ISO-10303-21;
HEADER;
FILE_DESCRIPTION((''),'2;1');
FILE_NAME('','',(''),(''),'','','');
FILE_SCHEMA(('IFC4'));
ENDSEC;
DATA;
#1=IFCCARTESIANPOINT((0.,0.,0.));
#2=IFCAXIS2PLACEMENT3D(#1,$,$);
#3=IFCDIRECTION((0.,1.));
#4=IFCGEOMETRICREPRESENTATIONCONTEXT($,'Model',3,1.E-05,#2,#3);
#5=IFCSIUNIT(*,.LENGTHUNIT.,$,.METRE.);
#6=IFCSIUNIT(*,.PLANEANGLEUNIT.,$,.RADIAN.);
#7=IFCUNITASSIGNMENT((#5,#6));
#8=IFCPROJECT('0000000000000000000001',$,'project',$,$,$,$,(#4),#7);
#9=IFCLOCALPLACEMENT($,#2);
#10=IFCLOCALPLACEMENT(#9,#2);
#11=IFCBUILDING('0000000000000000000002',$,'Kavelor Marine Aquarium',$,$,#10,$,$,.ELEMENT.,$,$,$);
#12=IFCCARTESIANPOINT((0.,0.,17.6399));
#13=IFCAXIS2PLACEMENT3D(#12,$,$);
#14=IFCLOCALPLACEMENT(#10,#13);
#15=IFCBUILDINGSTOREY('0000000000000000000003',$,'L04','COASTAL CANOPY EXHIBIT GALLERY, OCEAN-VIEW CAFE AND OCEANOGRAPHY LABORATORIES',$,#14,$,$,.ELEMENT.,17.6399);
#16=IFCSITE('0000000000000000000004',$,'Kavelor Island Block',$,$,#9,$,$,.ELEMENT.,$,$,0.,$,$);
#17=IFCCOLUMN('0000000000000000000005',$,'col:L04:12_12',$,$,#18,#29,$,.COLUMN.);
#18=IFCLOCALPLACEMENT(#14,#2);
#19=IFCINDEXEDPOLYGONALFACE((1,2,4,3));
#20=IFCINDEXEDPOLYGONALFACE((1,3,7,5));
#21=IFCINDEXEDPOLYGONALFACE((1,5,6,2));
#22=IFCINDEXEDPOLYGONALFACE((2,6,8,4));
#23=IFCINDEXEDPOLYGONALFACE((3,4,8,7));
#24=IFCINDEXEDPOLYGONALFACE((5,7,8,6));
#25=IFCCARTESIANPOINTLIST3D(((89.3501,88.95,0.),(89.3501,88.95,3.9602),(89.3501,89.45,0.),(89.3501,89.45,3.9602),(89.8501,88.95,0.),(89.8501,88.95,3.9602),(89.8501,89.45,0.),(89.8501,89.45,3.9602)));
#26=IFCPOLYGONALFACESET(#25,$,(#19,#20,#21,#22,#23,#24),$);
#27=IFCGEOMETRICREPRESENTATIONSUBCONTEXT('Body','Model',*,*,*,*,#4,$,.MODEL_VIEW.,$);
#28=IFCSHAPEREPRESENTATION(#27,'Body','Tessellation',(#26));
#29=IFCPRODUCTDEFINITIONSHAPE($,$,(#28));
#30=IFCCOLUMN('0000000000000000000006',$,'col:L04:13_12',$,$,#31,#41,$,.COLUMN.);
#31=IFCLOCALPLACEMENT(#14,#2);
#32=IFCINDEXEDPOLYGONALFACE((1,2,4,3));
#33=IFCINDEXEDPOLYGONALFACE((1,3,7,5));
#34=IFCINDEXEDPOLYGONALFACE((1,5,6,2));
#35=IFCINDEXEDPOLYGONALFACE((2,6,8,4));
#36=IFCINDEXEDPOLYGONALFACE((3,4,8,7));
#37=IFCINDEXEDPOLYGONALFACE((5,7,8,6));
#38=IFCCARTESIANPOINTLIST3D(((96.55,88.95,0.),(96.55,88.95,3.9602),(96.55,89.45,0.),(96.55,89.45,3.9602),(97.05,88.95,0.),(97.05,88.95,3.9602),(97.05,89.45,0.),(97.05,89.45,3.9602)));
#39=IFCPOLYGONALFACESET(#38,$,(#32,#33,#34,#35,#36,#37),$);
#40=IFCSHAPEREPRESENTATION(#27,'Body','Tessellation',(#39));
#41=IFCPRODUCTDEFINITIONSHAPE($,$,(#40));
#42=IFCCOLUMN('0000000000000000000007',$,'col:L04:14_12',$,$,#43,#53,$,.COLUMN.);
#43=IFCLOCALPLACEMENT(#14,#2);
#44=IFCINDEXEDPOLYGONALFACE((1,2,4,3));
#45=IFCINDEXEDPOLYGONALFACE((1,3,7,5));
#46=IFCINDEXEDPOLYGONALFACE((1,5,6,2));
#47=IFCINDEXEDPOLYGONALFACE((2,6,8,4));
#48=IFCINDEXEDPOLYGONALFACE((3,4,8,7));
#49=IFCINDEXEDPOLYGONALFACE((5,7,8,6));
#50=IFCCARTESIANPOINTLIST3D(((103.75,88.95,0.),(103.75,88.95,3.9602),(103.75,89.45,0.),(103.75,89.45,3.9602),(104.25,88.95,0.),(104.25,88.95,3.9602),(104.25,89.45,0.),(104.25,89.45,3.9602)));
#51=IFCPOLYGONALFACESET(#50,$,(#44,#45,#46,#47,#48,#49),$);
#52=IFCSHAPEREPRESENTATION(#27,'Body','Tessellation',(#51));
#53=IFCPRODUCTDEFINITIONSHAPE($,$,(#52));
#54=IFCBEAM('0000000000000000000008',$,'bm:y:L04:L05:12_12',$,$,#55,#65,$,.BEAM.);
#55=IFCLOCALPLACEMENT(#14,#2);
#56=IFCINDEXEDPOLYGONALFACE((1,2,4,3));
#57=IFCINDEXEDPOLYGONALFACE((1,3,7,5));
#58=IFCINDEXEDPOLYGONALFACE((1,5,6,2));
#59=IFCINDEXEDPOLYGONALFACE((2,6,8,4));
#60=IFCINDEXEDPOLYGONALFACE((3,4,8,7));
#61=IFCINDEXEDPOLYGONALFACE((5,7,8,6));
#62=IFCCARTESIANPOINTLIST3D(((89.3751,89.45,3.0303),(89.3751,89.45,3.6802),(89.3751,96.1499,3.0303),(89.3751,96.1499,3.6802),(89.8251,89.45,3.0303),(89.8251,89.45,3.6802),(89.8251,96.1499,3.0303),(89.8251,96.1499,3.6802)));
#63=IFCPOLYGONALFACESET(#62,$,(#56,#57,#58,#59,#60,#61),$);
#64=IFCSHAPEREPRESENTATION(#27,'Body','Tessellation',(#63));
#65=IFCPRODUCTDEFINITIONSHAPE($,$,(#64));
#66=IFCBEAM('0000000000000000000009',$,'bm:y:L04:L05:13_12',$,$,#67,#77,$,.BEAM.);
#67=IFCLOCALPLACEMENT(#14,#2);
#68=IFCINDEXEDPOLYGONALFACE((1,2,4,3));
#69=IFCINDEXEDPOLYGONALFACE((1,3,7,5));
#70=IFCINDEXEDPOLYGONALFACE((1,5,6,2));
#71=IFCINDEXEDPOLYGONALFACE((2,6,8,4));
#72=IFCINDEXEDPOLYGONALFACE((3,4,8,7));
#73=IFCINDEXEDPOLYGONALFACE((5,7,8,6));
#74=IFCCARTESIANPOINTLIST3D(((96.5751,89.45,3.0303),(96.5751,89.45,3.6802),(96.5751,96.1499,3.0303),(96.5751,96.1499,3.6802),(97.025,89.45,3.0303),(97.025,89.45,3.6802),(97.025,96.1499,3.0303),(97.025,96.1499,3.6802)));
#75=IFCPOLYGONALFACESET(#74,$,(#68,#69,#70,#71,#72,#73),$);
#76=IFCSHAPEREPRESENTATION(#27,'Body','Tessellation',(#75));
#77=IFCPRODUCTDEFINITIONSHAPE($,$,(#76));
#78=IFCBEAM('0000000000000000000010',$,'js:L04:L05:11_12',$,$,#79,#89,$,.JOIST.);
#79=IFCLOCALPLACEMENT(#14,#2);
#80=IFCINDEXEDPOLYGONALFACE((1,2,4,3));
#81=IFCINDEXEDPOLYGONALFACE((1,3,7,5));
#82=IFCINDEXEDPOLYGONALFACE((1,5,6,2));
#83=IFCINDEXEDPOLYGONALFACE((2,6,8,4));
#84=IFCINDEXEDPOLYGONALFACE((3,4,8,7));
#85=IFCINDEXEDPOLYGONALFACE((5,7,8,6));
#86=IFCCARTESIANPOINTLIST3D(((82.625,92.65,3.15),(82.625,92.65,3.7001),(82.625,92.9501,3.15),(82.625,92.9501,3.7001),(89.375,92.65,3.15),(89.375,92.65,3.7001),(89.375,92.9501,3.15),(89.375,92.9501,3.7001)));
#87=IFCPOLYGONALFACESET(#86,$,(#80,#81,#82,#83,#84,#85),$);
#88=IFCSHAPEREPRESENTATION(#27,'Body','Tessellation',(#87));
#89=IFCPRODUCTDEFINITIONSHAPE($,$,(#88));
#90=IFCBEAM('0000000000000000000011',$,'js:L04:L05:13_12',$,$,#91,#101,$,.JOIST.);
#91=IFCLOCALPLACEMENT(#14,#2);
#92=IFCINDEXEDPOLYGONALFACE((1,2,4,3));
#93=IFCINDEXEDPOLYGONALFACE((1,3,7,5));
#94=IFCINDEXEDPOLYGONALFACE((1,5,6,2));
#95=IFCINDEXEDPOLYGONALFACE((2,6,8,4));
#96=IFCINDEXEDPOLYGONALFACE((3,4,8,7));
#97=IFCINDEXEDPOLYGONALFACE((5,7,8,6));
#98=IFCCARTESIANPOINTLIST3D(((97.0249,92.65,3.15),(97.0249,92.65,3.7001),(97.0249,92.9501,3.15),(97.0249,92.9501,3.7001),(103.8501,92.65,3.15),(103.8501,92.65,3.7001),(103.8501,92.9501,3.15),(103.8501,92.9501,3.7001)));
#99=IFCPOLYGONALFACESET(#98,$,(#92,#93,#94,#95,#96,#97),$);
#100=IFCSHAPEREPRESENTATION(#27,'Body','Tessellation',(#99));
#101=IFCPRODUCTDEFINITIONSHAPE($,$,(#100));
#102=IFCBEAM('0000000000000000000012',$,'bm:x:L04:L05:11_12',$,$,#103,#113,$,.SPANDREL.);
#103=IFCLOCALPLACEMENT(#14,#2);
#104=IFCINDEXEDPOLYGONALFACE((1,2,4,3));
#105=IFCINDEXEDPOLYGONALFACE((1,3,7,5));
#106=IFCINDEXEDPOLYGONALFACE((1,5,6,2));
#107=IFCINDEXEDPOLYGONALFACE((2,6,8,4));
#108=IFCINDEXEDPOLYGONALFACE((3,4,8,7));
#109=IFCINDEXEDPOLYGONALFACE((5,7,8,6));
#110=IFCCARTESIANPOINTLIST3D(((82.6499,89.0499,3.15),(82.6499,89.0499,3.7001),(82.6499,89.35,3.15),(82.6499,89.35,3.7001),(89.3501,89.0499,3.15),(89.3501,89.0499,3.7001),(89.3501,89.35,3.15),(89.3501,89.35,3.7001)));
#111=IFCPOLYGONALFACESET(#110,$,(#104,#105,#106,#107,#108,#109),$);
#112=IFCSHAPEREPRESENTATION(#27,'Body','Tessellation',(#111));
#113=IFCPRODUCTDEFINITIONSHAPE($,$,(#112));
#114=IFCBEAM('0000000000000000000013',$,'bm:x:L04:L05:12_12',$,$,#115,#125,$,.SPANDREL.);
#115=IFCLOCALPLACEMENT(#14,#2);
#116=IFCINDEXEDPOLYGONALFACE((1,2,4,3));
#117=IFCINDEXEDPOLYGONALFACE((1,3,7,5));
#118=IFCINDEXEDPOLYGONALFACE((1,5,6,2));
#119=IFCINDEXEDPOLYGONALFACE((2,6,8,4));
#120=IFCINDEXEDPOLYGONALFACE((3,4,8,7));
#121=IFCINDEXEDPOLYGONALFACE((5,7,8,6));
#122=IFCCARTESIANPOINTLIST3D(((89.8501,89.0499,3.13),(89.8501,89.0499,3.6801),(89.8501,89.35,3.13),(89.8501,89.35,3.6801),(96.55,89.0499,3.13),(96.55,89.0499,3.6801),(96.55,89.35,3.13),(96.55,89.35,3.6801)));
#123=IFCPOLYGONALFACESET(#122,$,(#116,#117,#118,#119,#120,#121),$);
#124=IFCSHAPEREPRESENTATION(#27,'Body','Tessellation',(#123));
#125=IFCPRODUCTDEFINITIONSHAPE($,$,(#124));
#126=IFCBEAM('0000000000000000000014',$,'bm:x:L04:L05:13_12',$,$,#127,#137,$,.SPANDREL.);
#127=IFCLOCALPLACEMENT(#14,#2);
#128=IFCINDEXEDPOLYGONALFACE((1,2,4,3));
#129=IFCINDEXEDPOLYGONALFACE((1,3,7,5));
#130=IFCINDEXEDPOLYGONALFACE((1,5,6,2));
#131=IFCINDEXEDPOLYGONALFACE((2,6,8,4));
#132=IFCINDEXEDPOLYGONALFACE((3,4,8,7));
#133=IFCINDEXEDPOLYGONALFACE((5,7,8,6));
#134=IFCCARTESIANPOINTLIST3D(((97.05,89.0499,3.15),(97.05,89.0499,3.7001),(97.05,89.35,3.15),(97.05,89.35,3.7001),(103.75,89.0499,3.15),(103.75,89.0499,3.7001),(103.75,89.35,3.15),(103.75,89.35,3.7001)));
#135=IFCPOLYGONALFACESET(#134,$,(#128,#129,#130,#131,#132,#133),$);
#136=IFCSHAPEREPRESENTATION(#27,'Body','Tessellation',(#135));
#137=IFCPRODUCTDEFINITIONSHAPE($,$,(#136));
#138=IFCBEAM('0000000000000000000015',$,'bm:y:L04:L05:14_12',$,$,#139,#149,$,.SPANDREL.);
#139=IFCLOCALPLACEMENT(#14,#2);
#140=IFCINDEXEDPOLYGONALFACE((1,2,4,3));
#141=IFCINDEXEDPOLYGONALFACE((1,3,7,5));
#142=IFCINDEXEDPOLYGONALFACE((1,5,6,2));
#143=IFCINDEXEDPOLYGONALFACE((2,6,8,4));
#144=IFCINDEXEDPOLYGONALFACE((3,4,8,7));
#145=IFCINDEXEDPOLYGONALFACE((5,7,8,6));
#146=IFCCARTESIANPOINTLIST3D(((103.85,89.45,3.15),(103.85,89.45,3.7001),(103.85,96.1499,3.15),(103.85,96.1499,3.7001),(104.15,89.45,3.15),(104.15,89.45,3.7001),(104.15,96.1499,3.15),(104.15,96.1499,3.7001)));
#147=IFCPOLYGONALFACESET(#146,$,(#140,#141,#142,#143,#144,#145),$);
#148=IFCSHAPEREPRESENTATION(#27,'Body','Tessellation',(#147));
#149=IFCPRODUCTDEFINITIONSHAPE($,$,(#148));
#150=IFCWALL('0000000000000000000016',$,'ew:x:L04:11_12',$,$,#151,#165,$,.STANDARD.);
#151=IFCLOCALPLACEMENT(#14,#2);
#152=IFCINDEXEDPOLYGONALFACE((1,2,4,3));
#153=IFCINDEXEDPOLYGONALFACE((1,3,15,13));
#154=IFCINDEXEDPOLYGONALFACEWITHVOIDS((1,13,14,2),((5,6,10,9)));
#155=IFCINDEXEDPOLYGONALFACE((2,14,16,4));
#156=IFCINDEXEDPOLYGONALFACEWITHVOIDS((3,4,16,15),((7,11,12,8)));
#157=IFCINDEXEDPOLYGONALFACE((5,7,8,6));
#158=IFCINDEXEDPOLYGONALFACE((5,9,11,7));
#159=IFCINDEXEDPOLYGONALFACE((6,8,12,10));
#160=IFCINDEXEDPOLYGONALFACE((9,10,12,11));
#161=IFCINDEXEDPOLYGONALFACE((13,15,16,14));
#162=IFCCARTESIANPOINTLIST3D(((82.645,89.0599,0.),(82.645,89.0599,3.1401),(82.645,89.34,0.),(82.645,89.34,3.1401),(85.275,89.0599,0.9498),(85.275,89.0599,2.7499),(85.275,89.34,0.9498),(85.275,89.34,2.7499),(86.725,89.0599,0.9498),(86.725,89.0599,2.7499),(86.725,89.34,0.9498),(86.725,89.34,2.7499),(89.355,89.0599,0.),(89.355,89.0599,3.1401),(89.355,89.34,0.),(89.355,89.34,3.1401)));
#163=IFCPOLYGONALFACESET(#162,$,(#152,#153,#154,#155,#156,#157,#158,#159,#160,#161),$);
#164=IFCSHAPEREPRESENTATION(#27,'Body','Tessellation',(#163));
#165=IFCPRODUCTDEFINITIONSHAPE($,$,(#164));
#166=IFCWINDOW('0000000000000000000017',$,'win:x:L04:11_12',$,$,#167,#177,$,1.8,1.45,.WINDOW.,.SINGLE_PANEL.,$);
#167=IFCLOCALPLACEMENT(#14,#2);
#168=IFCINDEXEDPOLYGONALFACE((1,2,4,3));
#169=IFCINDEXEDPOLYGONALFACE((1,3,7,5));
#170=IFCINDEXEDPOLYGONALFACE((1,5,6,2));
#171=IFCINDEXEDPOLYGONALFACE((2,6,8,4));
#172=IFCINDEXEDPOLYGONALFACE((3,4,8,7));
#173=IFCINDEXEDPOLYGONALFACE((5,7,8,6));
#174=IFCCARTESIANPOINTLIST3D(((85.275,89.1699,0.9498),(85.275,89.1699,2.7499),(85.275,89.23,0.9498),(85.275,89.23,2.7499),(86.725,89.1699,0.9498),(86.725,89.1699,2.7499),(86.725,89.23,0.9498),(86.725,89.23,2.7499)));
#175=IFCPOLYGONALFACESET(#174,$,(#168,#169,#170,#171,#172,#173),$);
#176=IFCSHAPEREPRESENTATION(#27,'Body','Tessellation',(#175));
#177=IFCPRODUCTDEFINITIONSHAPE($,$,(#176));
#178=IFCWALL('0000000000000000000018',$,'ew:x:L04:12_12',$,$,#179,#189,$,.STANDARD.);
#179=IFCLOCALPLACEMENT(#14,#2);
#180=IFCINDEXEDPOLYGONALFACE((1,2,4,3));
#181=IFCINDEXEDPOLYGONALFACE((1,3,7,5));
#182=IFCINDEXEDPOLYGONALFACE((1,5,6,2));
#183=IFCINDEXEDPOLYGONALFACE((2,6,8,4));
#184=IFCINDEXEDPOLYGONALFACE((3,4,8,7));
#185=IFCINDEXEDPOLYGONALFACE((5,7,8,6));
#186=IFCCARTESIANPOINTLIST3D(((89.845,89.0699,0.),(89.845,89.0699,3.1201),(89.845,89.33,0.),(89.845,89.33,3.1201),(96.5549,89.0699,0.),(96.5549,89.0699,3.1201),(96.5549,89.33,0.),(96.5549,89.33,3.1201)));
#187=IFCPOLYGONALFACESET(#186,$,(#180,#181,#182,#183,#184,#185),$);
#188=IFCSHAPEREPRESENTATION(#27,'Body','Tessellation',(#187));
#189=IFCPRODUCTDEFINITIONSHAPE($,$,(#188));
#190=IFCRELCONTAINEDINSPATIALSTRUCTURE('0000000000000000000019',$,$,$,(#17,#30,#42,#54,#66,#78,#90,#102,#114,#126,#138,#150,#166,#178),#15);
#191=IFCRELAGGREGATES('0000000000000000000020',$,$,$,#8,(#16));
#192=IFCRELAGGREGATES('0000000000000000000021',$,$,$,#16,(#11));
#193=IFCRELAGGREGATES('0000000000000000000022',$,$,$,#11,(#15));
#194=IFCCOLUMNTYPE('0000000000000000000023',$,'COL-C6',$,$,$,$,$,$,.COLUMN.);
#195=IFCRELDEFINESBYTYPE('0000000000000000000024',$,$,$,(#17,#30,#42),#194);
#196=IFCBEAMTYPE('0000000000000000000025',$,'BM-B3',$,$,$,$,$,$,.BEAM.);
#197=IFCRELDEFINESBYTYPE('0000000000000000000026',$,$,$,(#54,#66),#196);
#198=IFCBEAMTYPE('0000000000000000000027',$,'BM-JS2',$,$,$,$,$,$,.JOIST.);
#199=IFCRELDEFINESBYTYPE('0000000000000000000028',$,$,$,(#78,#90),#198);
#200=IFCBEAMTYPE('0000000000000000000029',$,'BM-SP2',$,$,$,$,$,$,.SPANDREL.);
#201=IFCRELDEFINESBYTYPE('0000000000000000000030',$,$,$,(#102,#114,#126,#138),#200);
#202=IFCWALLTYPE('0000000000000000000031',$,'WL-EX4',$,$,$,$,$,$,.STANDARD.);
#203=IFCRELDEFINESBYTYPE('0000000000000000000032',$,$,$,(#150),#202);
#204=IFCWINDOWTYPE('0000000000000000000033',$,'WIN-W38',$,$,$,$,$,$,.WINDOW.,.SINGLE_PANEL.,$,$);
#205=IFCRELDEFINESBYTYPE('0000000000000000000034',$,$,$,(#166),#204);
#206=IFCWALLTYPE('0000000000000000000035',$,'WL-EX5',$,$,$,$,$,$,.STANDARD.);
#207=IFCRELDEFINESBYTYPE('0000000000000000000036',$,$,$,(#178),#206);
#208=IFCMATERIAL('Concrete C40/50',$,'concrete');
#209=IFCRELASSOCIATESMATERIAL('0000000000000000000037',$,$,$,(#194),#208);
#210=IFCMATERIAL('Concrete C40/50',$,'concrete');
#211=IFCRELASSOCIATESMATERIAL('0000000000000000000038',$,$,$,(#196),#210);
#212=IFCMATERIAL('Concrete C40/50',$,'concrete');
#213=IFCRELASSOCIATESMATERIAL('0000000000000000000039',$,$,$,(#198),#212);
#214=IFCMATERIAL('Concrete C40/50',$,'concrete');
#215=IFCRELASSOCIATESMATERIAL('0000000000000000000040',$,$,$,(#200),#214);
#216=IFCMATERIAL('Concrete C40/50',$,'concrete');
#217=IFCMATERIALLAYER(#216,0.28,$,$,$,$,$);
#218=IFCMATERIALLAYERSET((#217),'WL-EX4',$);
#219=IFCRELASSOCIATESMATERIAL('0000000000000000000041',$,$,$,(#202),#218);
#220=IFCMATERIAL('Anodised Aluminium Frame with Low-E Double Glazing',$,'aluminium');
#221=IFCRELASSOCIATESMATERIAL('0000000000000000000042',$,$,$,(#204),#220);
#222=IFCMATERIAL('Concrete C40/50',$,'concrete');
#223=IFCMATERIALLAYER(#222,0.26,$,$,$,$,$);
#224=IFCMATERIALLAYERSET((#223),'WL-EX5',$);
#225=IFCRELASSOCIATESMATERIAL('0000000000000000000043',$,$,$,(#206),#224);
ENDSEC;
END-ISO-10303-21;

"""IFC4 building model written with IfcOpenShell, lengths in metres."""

from ifc_helpers import new_model, si_unit, direction, frame, frame_2d, origin, origin_2d, place, context, subcontext, project, spatial, rectangle, extrude, material, layer, layer_set, material_profile, profile_set, type_object, element, fill, save


model = new_model("IFC4")

# Units and contexts
model_context = context("Model", 3, precision=1e-05, world=origin(), true_north=direction((0.0, 1.0)))
body_context = subcontext(model_context, "Body", "Model", "MODEL_VIEW")
ifc_project = project(units=[si_unit("LENGTHUNIT", "METRE"), si_unit("PLANEANGLEUNIT", "RADIAN")], contexts=[model_context])

# Site, building, storey
site_placement = place(None, origin())
site = spatial("IfcSite", under=ifc_project, at=site_placement, Name="Kavelor Island Block", CompositionType="ELEMENT", RefElevation=0.0)
building_placement = place(site_placement, origin())
building = spatial("IfcBuilding", under=site, at=building_placement, Name="Kavelor Marine Aquarium", CompositionType="ELEMENT")
storey_placement = place(building_placement, frame((0.0, 0.0, 17.6399)))
storey = spatial("IfcBuildingStorey", under=building, at=storey_placement, Name="L04", Description="COASTAL CANOPY EXHIBIT GALLERY, OCEAN-VIEW CAFE AND OCEANOGRAPHY LABORATORIES", CompositionType="ELEMENT", Elevation=17.6399)

# Columns
ifc_material_1 = material(Name="Concrete C40/50", Category="concrete")
ifc_material_profile_1 = material_profile(ifc_material_1, rectangle(XDim=0.5, YDim=0.5, at=origin_2d()), Name="RC-COL 500x500")
ifc_profile_set_1 = profile_set([ifc_material_profile_1], Name="Concrete C40/50")
column_type = type_object("IfcColumnType", Name="COL-C6", PredefinedType="COLUMN", material=ifc_profile_set_1)
for number, where, z_axis, x_axis, name in (
    (1, (89.6001, 89.2, 0.0), (0.0, 0.0, 1.0), (1.0, 0.0, 0.0), "col:L04:12_12"),
    (2, (96.8, 89.2, 0.0), (0.0, 0.0, 1.0), (1.0, 0.0, 0.0), "col:L04:13_12"),
    (3, (104.0, 89.2, 0.0), (0.0, 0.0, 1.0), (1.0, 0.0, 0.0), "col:L04:14_12"),
):
    element("IfcColumn", number, at=place(storey_placement, frame(where, z_axis=z_axis, x_axis=x_axis)), inside=storey, type_object=column_type, Name=name, PredefinedType="COLUMN", context=body_context, shape_type="SweptSolid", body=[
        extrude(rectangle(XDim=0.5, YDim=0.5, at=origin_2d()), origin(), (0.0, 0.0, 1.0), 3.9602),
    ])

# Beams
ifc_material_2 = material(Name="Concrete C40/50", Category="concrete")
ifc_material_profile_2 = material_profile(ifc_material_2, rectangle(XDim=0.45, YDim=0.6499, at=origin_2d()), Name="RC-BM 450x650")
ifc_profile_set_2 = profile_set([ifc_material_profile_2], Name="Concrete C40/50")
beam_type_1 = type_object("IfcBeamType", Name="BM-B3", PredefinedType="BEAM", material=ifc_profile_set_2)
for number, where, z_axis, x_axis, name in (
    (4, (89.6001, 89.45, 3.3552), (0.0, 1.0, 0.0), (-1.0, 0.0, 0.0), "bm:y:L04:L05:12_12"),
    (5, (96.8, 89.45, 3.3552), (0.0, 1.0, 0.0), (-1.0, 0.0, 0.0), "bm:y:L04:L05:13_12"),
):
    element("IfcBeam", number, at=place(storey_placement, frame(where, z_axis=z_axis, x_axis=x_axis)), inside=storey, type_object=beam_type_1, Name=name, PredefinedType="BEAM", context=body_context, shape_type="SweptSolid", body=[
        extrude(rectangle(XDim=0.45, YDim=0.6499, at=origin_2d()), origin(), (0.0, 0.0, 1.0), 6.7),
    ])
ifc_material_3 = material(Name="Concrete C40/50", Category="concrete")
ifc_material_profile_3 = material_profile(ifc_material_3, rectangle(XDim=0.3, YDim=0.55, at=origin_2d()), Name="RC-JS 300x550")
ifc_profile_set_3 = profile_set([ifc_material_profile_3], Name="Concrete C40/50")
beam_type_2 = type_object("IfcBeamType", Name="BM-JS2", PredefinedType="JOIST", material=ifc_profile_set_3)
beam_1_placement = place(storey_placement, frame((82.625, 92.8, 3.425), z_axis=(1.0, 0.0, 0.0), x_axis=(0.0, 1.0, 0.0)))
element("IfcBeam", 6, at=beam_1_placement, inside=storey, type_object=beam_type_2, Name="js:L04:L05:11_12", PredefinedType="JOIST", context=body_context, shape_type="SweptSolid", body=[
    extrude(rectangle(XDim=0.3, YDim=0.55, at=origin_2d()), origin(), (0.0, 0.0, 1.0), 6.75),
])
beam_2_placement = place(storey_placement, frame((97.0249, 92.8, 3.425), z_axis=(1.0, 0.0, 0.0), x_axis=(0.0, 1.0, 0.0)))
element("IfcBeam", 7, at=beam_2_placement, inside=storey, type_object=beam_type_2, Name="js:L04:L05:13_12", PredefinedType="JOIST", context=body_context, shape_type="SweptSolid", body=[
    extrude(rectangle(XDim=0.3, YDim=0.55, at=origin_2d()), origin(), (0.0, 0.0, 1.0), 6.8252),
])
ifc_material_4 = material(Name="Concrete C40/50", Category="concrete")
ifc_material_profile_4 = material_profile(ifc_material_4, rectangle(XDim=0.3, YDim=0.55, at=origin_2d()), Name="RC-SP 300x550")
ifc_profile_set_4 = profile_set([ifc_material_profile_4], Name="Concrete C40/50")
beam_type_3 = type_object("IfcBeamType", Name="BM-SP2", PredefinedType="SPANDREL", material=ifc_profile_set_4)
beam_3_placement = place(storey_placement, frame((82.6499, 89.2, 3.425), z_axis=(1.0, 0.0, 0.0), x_axis=(0.0, 1.0, 0.0)))
element("IfcBeam", 8, at=beam_3_placement, inside=storey, type_object=beam_type_3, Name="bm:x:L04:L05:11_12", PredefinedType="SPANDREL", context=body_context, shape_type="SweptSolid", body=[
    extrude(rectangle(XDim=0.3, YDim=0.55, at=origin_2d()), origin(), (0.0, 0.0, 1.0), 6.7002),
])
for number, where, z_axis, x_axis, name in (
    (9, (89.8501, 89.2, 3.405), (1.0, 0.0, 0.0), (0.0, 1.0, 0.0), "bm:x:L04:L05:12_12"),
    (10, (97.05, 89.2, 3.425), (1.0, 0.0, 0.0), (0.0, 1.0, 0.0), "bm:x:L04:L05:13_12"),
    (11, (104.0, 89.45, 3.425), (0.0, 1.0, 0.0), (-1.0, 0.0, 0.0), "bm:y:L04:L05:14_12"),
):
    element("IfcBeam", number, at=place(storey_placement, frame(where, z_axis=z_axis, x_axis=x_axis)), inside=storey, type_object=beam_type_3, Name=name, PredefinedType="SPANDREL", context=body_context, shape_type="SweptSolid", body=[
        extrude(rectangle(XDim=0.3, YDim=0.55, at=origin_2d()), origin(), (0.0, 0.0, 1.0), 6.7),
    ])

# Wall, opening, window
ifc_material_5 = material(Name="Concrete C40/50", Category="concrete")
ifc_layer_1 = layer(ifc_material_5, 0.28)
ifc_layer_set_1 = layer_set([ifc_layer_1], Name="WL-EX4")
wall_type_1 = type_object("IfcWallType", Name="WL-EX4", PredefinedType="STANDARD", material=ifc_layer_set_1)
wall_1_placement = place(storey_placement, frame((89.355, 89.2, 0.0), z_axis=(0.0, 0.0, 1.0), x_axis=(-1.0, 0.0, 0.0)))
wall_1 = element("IfcWall", 12, at=wall_1_placement, inside=storey, type_object=wall_type_1, Name="ew:x:L04:11_12", PredefinedType="STANDARD", context=body_context, shape_type="SweptSolid", body=[
    extrude(rectangle(XDim=6.71, YDim=0.28, at=frame_2d((3.355, 0.0))), origin(), (0.0, 0.0, 1.0), 3.1401),
])
opening_1_placement = place(wall_1_placement, frame((2.6299, 0.0, 0.95)))
opening_1 = element("IfcOpeningElement", 13, at=opening_1_placement, cuts=wall_1, PredefinedType="OPENING", context=body_context, shape_type="SweptSolid", body=[
    extrude(rectangle(XDim=1.45, YDim=1.8, at=frame_2d((0.7251, 0.8999))), frame((0.0, 0.1499, 0.0), z_axis=(0.0, -1.0, 0.0), x_axis=(1.0, 0.0, 0.0)), (0.0, 0.0, 1.0), 0.3),
])
ifc_material_6 = material(Name="Anodised Aluminium Frame with Low-E Double Glazing", Category="aluminium")
window_type_1 = type_object("IfcWindowType", Name="WIN-W38", PartitioningType="SINGLE_PANEL", PredefinedType="WINDOW", material=ifc_material_6)
window_1_placement = place(opening_1_placement, origin())
window_1 = element("IfcWindow", 14, at=window_1_placement, inside=storey, type_object=window_type_1, Name="win:x:L04:11_12", OverallHeight=1.8, OverallWidth=1.45, PartitioningType="SINGLE_PANEL", PredefinedType="WINDOW", context=body_context, shape_type="SweptSolid", body=[
    extrude(rectangle(XDim=1.45, YDim=1.8, at=frame_2d((0.7251, 0.8999))), frame((0.0, 0.03, 0.0), z_axis=(0.0, -1.0, 0.0), x_axis=(1.0, 0.0, 0.0)), (0.0, 0.0, 1.0), 0.0601),
])
fill(opening_1, window_1)

# Wall
ifc_material_7 = material(Name="Concrete C40/50", Category="concrete")
ifc_layer_2 = layer(ifc_material_7, 0.26)
ifc_layer_set_2 = layer_set([ifc_layer_2], Name="WL-EX5")
wall_type_2 = type_object("IfcWallType", Name="WL-EX5", PredefinedType="STANDARD", material=ifc_layer_set_2)
wall_2_placement = place(storey_placement, frame((96.5549, 89.2, 0.0), z_axis=(0.0, 0.0, 1.0), x_axis=(-1.0, 0.0, 0.0)))
element("IfcWall", 15, at=wall_2_placement, inside=storey, type_object=wall_type_2, Name="ew:x:L04:12_12", PredefinedType="STANDARD", context=body_context, shape_type="SweptSolid", body=[
    extrude(rectangle(XDim=6.71, YDim=0.26, at=frame_2d((3.355, 0.0))), origin(), (0.0, 0.0, 1.0), 3.1201),
])

save(model, "model.ifc")
